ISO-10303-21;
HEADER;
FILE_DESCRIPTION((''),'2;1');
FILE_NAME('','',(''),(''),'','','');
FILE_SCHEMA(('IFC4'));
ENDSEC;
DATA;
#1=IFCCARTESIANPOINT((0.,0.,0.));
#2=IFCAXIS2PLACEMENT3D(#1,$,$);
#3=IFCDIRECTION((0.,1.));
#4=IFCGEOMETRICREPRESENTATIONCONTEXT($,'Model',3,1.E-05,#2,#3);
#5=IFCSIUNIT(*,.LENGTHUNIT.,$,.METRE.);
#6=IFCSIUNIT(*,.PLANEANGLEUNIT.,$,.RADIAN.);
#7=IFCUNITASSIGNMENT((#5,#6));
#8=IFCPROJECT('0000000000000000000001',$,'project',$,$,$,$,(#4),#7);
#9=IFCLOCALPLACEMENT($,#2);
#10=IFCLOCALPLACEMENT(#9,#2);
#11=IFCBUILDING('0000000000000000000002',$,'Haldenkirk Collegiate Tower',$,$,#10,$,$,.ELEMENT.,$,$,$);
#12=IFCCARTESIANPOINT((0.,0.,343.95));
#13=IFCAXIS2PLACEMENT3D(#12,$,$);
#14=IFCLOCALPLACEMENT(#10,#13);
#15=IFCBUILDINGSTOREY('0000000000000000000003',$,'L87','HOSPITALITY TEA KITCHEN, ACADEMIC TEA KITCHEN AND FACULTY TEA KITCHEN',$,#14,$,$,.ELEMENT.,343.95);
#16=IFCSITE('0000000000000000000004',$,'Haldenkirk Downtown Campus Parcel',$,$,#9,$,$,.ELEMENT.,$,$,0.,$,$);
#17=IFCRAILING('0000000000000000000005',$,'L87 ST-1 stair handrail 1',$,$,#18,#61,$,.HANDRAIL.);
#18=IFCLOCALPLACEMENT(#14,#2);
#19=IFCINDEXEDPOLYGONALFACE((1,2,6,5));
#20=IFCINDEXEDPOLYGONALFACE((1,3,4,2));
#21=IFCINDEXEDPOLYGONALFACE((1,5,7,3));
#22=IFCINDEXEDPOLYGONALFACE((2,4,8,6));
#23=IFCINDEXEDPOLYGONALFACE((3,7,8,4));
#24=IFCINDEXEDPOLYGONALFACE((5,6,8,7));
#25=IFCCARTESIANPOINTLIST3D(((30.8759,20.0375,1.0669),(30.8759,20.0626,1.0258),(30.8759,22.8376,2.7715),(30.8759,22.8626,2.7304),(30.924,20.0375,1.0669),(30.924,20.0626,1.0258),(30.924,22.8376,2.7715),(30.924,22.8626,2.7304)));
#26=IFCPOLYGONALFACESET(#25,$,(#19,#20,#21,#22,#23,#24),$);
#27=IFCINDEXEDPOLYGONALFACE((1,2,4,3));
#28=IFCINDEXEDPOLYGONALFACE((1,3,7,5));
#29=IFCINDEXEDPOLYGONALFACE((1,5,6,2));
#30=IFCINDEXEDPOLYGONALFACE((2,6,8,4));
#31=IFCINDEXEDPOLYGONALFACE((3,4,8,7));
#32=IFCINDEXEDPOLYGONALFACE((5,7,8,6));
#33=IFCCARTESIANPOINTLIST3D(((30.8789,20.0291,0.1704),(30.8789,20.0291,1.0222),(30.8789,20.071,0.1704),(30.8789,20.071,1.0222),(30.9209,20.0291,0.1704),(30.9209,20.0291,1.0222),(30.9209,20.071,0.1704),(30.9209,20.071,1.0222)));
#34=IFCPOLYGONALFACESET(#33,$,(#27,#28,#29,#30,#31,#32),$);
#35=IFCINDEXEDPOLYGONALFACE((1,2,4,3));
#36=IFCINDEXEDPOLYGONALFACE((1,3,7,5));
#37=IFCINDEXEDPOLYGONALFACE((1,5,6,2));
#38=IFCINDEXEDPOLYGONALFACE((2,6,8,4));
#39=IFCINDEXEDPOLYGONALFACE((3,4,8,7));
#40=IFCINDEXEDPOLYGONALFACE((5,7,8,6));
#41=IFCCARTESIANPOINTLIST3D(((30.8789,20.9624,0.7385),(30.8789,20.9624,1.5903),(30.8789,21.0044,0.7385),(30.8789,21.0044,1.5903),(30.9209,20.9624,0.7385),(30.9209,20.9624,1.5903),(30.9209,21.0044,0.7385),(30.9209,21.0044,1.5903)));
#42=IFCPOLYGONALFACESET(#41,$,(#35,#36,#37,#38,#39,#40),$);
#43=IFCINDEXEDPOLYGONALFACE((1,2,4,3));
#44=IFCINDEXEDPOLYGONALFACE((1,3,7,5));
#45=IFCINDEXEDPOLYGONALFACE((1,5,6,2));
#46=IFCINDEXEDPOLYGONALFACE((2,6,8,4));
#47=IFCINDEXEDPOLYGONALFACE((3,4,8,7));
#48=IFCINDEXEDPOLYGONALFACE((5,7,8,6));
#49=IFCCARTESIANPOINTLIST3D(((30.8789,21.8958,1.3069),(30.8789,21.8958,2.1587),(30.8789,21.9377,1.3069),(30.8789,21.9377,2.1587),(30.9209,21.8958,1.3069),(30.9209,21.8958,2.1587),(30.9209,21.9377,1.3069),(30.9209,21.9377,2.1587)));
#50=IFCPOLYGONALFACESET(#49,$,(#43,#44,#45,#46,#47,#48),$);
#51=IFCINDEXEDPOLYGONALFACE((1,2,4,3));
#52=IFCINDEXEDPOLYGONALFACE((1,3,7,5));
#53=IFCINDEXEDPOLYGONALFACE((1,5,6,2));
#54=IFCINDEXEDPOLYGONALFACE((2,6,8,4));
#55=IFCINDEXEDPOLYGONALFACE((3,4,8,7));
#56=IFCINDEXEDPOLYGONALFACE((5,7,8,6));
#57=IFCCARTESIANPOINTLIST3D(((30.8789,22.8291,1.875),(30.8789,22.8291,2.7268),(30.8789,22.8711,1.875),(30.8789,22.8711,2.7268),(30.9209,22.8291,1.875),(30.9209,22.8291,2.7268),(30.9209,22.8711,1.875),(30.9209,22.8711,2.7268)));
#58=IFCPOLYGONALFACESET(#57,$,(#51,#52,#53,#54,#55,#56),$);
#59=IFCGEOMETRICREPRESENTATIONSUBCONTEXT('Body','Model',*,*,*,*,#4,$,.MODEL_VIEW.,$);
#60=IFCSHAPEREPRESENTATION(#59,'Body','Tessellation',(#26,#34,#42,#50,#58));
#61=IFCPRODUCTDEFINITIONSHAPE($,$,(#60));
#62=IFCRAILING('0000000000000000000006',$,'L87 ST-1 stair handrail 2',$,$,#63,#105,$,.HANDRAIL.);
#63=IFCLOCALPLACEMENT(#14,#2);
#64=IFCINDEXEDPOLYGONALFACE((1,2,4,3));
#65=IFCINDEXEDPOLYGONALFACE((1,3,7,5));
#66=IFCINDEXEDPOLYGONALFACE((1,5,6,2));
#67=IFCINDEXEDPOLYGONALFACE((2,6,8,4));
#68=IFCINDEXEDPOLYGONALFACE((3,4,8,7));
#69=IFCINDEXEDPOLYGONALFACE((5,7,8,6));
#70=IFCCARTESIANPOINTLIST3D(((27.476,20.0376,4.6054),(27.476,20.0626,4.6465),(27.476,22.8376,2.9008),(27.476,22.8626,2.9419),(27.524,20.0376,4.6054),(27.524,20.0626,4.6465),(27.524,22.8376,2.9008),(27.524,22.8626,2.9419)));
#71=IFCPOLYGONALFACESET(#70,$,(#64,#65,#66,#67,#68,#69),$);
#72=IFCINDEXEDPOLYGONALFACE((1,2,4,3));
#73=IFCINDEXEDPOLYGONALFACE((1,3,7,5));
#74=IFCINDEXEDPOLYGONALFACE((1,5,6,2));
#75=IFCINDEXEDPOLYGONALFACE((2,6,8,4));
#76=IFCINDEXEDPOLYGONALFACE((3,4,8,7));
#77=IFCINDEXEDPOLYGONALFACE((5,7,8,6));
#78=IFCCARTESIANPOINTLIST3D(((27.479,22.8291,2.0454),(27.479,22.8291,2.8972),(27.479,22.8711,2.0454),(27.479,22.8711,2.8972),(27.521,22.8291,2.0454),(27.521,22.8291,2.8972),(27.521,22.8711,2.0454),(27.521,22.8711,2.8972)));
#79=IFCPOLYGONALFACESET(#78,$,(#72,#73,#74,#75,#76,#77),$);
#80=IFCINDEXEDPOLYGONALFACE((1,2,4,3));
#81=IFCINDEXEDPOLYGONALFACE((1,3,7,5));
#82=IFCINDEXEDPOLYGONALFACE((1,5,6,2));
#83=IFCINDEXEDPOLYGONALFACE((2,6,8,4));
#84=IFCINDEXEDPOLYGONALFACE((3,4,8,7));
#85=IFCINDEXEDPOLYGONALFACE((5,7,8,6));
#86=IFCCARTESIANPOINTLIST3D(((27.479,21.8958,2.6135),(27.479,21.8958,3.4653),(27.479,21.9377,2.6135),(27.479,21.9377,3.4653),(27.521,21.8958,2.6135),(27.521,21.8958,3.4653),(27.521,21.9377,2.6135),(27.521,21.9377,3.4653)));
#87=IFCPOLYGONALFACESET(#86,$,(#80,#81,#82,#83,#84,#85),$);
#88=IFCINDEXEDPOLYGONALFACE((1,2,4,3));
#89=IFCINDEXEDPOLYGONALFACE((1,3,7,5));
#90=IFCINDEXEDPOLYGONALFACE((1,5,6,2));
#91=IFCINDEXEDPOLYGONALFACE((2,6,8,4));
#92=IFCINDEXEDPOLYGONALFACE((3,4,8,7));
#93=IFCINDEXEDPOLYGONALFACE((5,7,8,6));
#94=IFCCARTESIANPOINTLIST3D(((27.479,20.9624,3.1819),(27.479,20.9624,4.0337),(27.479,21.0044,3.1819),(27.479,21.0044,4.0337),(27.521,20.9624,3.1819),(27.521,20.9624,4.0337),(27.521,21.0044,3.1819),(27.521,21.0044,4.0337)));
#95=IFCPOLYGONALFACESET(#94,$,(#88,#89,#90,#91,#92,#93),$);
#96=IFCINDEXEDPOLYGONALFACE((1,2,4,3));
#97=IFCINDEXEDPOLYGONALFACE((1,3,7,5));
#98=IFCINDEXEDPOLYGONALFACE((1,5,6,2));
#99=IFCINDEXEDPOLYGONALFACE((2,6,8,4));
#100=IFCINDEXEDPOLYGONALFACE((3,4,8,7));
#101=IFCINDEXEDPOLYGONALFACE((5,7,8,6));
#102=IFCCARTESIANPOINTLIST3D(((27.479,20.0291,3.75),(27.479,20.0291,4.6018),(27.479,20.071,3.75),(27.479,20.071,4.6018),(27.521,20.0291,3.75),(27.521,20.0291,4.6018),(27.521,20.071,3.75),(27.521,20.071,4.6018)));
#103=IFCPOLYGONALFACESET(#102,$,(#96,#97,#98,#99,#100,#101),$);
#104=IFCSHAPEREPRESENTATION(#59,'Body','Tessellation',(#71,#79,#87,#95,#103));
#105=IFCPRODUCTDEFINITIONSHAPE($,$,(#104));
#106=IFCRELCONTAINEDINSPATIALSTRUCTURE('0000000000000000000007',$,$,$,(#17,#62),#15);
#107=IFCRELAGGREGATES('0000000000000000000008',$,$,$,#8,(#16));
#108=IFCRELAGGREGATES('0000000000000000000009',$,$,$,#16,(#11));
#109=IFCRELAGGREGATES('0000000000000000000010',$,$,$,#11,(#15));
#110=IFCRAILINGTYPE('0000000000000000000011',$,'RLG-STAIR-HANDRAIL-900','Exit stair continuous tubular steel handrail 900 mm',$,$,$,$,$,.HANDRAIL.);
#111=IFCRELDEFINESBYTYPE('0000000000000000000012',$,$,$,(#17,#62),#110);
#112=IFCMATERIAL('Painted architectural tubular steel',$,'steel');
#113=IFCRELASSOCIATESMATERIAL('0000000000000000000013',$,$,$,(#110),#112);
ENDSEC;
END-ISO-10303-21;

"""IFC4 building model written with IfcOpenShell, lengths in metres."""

from ifc_helpers import new_model, si_unit, direction, frame, origin, origin_2d, place, context, subcontext, project, spatial, rectangle, extrude, material, type_object, element, save


model = new_model("IFC4")

# Units and contexts
model_context = context("Model", 3, precision=1e-05, world=origin(), true_north=direction((0.0, 1.0)))
body_context = subcontext(model_context, "Body", "Model", "MODEL_VIEW")
ifc_project = project(units=[si_unit("LENGTHUNIT", "METRE"), si_unit("PLANEANGLEUNIT", "RADIAN")], contexts=[model_context])

# Site, building, storey
site_placement = place(None, origin())
site = spatial("IfcSite", under=ifc_project, at=site_placement, Name="Haldenkirk Downtown Campus Parcel", CompositionType="ELEMENT", RefElevation=0.0)
building_placement = place(site_placement, origin())
building = spatial("IfcBuilding", under=site, at=building_placement, Name="Haldenkirk Collegiate Tower", CompositionType="ELEMENT")
storey_placement = place(building_placement, frame((0.0, 0.0, 343.95)))
storey = spatial("IfcBuildingStorey", under=building, at=storey_placement, Name="L87", Description="HOSPITALITY TEA KITCHEN, ACADEMIC TEA KITCHEN AND FACULTY TEA KITCHEN", CompositionType="ELEMENT", Elevation=343.95)

# Railings
ifc_material_1 = material(Name="Painted architectural tubular steel", Category="steel")
railing_type_1 = type_object("IfcRailingType", Name="RLG-STAIR-HANDRAIL-900", Description="Exit stair continuous tubular steel handrail 900 mm", PredefinedType="HANDRAIL", material=ifc_material_1)
railing_1_placement = place(storey_placement, frame((30.8999, 20.05, 0.1704)))
element("IfcRailing", 1, at=railing_1_placement, inside=storey, type_object=railing_type_1, Name="L87 ST-1 stair handrail 1", PredefinedType="HANDRAIL", context=body_context, shape_type="SweptSolid", body=[
    extrude(rectangle(XDim=0.0481, YDim=0.0481, at=origin_2d()), frame((0.0, 0.0, 0.876), z_axis=(0.0, 0.85417, 0.519994), x_axis=(-1.0, 0.0, 0.0)), (0.0, 0.0, 1.0), 3.2781),
    extrude(rectangle(XDim=0.042, YDim=0.042, at=origin_2d()), origin(), (0.0, 0.0, 1.0), 0.8518),
    extrude(rectangle(XDim=0.042, YDim=0.042, at=origin_2d()), frame((0.0, 0.9333, 0.5681)), (0.0, 0.0, 1.0), 0.8518),
    extrude(rectangle(XDim=0.042, YDim=0.042, at=origin_2d()), frame((0.0, 1.8667, 1.1365)), (0.0, 0.0, 1.0), 0.8518),
    extrude(rectangle(XDim=0.042, YDim=0.042, at=origin_2d()), frame((0.0, 2.8, 1.7046)), (0.0, 0.0, 1.0), 0.8518),
])
railing_2_placement = place(storey_placement, frame((27.5, 22.8501, 2.0454)))
element("IfcRailing", 2, at=railing_2_placement, inside=storey, type_object=railing_type_1, Name="L87 ST-1 stair handrail 2", PredefinedType="HANDRAIL", context=body_context, shape_type="SweptSolid", body=[
    extrude(rectangle(XDim=0.0481, YDim=0.0481, at=origin_2d()), frame((0.0, 0.0, 0.876), z_axis=(0.0, -0.85417, 0.519994), x_axis=(1.0, 0.0, 0.0)), (0.0, 0.0, 1.0), 3.2781),
    extrude(rectangle(XDim=0.042, YDim=0.042, at=origin_2d()), origin(), (0.0, 0.0, 1.0), 0.8518),
    extrude(rectangle(XDim=0.042, YDim=0.042, at=origin_2d()), frame((0.0, -0.9333, 0.5681)), (0.0, 0.0, 1.0), 0.8518),
    extrude(rectangle(XDim=0.042, YDim=0.042, at=origin_2d()), frame((0.0, -1.8667, 1.1365)), (0.0, 0.0, 1.0), 0.8518),
    extrude(rectangle(XDim=0.042, YDim=0.042, at=origin_2d()), frame((0.0, -2.8, 1.7046)), (0.0, 0.0, 1.0), 0.8518),
])

save(model, "model.ifc")
